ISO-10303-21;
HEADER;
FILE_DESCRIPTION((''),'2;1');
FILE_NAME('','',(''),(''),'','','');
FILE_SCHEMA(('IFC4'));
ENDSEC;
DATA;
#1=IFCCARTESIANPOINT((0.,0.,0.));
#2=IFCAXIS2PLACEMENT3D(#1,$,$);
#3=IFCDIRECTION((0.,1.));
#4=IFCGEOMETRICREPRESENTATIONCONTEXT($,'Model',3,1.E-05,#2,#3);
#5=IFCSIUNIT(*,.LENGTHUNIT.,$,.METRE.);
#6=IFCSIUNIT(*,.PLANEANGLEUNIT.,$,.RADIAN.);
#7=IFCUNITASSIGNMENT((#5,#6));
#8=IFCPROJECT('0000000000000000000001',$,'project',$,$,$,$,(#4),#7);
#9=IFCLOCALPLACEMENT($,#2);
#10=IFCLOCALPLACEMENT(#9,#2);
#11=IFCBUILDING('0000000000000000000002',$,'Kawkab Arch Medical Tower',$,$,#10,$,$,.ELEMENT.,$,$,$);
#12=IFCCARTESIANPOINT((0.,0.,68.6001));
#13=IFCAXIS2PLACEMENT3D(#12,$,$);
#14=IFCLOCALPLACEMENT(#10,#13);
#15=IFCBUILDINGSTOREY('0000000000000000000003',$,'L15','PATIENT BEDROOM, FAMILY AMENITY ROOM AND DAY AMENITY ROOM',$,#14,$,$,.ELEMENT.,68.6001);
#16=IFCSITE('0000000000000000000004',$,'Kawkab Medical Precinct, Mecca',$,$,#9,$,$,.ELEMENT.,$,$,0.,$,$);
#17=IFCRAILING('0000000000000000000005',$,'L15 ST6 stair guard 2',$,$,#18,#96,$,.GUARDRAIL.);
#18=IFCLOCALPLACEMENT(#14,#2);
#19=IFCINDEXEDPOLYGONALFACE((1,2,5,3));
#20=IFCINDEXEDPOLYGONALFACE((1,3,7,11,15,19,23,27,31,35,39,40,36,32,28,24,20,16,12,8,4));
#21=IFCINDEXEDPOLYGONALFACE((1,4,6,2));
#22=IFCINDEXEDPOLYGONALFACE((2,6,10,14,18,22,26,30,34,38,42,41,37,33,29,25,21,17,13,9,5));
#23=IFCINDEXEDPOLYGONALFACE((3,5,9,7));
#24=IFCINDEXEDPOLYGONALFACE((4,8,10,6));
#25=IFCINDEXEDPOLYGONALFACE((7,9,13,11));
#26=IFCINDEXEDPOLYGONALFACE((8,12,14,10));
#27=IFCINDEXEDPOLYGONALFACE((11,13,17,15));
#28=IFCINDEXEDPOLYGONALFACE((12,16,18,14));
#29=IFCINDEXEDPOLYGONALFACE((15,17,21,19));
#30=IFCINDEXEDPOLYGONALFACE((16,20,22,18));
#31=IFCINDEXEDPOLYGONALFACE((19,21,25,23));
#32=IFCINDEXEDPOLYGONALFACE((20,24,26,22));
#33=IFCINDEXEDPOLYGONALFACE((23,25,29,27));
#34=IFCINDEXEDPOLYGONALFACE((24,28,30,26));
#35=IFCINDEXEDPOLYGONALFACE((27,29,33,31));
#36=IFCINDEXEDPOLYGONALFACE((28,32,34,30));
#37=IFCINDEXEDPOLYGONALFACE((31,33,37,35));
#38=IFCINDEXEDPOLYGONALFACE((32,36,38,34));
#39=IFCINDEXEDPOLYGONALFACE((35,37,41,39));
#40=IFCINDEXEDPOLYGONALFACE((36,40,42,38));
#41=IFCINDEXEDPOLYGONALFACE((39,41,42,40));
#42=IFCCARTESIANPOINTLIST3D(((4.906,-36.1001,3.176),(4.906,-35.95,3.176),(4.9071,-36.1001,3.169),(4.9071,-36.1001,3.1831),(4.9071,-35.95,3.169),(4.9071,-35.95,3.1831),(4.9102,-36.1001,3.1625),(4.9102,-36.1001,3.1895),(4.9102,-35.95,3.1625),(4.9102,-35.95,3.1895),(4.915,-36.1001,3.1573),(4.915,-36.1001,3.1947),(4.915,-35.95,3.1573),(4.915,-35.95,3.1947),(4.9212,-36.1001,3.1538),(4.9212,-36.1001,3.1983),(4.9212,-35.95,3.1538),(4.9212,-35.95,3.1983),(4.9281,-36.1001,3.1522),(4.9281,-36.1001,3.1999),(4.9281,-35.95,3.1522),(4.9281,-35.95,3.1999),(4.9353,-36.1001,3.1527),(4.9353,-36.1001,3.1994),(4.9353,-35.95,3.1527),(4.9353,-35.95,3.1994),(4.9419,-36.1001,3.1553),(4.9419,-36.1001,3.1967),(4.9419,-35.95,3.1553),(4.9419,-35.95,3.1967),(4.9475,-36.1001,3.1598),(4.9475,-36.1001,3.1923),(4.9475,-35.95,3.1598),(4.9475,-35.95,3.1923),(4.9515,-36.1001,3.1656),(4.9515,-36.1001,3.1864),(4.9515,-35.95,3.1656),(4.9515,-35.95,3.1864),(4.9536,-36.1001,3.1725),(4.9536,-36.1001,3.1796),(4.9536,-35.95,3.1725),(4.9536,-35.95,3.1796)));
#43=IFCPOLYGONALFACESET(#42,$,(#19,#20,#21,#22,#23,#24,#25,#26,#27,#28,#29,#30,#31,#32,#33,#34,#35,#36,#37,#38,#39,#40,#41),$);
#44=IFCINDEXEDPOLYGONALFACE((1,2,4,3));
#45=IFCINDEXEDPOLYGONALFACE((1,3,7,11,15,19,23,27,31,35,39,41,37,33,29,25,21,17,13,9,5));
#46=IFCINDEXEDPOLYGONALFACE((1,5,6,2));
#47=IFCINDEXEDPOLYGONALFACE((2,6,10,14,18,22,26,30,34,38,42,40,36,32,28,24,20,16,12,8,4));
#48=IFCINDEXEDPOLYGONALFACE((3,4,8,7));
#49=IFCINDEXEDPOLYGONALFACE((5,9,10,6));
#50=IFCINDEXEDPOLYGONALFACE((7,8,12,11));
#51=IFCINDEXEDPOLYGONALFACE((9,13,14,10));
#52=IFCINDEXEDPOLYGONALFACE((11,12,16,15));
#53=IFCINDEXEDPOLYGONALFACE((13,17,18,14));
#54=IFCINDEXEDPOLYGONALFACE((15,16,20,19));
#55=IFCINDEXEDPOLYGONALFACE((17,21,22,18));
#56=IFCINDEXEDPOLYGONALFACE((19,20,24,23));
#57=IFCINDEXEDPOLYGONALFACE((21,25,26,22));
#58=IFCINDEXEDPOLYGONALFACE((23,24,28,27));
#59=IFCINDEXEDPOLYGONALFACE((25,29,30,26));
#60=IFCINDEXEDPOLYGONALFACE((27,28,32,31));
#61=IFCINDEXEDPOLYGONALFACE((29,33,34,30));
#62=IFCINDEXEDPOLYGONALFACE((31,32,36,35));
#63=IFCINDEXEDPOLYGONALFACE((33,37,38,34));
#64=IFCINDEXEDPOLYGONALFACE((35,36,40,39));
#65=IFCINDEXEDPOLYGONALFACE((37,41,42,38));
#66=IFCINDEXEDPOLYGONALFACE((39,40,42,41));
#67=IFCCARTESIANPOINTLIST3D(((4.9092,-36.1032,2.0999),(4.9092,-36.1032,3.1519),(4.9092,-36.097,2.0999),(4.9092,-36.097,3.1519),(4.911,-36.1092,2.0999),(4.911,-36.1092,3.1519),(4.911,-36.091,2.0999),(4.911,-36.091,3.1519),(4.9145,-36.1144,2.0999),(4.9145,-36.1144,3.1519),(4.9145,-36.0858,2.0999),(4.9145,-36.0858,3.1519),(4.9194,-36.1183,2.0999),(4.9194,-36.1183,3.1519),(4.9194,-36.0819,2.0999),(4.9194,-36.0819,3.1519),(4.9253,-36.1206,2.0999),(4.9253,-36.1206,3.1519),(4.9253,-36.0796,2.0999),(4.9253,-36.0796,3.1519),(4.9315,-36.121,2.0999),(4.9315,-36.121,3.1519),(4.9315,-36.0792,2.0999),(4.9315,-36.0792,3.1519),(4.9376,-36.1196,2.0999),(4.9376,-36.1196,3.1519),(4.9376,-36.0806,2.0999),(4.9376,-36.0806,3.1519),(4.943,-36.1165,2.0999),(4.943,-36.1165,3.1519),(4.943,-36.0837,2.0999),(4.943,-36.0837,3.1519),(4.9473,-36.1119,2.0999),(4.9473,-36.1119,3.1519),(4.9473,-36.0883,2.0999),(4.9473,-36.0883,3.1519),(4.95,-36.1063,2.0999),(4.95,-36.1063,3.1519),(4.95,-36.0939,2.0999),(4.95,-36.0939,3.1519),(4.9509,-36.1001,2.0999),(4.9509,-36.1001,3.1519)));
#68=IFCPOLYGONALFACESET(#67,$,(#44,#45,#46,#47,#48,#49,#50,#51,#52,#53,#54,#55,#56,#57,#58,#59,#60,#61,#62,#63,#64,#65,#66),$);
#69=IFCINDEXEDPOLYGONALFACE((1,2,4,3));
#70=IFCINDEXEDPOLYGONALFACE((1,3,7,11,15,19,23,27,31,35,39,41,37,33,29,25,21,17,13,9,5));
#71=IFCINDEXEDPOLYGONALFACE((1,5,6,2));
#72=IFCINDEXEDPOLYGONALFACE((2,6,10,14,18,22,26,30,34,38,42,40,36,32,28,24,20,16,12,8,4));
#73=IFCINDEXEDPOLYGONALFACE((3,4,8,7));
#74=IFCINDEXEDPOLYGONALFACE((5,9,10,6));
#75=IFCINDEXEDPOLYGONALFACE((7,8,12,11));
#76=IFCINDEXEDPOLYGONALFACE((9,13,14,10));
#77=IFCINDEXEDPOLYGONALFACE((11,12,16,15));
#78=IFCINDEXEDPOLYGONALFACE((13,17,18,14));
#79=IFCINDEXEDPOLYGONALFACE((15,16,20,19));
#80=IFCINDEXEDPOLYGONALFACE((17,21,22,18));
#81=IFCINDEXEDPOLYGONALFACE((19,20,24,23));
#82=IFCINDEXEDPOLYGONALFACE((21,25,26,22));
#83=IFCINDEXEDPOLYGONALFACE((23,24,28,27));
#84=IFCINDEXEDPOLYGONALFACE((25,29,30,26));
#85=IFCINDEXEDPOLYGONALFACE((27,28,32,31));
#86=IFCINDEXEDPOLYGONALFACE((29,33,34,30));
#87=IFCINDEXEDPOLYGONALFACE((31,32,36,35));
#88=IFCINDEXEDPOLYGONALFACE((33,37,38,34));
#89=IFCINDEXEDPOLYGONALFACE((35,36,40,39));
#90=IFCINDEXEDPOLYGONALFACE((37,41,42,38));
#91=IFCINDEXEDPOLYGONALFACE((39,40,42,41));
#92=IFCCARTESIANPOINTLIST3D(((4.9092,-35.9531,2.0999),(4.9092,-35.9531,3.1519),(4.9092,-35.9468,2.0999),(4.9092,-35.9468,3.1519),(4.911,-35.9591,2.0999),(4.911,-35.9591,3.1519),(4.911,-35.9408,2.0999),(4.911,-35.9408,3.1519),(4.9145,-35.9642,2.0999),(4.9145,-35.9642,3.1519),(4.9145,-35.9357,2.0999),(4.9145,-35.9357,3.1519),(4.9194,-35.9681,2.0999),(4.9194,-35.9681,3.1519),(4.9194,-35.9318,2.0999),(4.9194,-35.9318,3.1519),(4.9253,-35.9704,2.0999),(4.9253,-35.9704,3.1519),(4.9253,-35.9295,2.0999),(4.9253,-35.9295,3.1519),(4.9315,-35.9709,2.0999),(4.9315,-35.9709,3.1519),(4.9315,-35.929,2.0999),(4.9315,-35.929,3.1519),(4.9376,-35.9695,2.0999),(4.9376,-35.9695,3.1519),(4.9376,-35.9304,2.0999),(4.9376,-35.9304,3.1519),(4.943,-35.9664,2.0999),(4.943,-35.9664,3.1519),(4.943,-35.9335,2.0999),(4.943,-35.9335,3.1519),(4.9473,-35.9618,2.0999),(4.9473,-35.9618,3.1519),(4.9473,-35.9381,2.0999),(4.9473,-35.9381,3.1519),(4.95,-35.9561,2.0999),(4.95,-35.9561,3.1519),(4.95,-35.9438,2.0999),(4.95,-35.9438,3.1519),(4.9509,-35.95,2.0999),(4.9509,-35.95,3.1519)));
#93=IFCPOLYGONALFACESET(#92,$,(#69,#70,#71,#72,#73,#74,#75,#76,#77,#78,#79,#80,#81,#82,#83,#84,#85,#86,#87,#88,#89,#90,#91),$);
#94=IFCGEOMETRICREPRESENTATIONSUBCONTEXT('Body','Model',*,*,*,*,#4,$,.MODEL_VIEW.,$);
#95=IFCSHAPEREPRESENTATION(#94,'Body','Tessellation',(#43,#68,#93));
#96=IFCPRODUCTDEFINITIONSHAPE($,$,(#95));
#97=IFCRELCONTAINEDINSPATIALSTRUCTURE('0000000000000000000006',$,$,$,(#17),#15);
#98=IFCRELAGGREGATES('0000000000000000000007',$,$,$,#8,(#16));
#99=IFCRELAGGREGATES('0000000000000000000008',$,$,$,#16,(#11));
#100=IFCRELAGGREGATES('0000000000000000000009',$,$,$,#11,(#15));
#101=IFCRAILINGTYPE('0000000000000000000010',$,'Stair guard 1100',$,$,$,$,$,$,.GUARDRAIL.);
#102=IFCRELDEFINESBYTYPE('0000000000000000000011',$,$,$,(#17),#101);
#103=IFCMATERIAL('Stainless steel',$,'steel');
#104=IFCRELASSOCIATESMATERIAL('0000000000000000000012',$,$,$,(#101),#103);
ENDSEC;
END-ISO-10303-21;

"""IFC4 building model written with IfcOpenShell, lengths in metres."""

from ifc_helpers import new_model, si_unit, direction, frame, origin, origin_2d, place, context, subcontext, project, spatial, circle, extrude, material, type_object, element, save


model = new_model("IFC4")

# Units and contexts
model_context = context("Model", 3, precision=1e-05, world=origin(), true_north=direction((0.0, 1.0)))
body_context = subcontext(model_context, "Body", "Model", "MODEL_VIEW")
ifc_project = project(units=[si_unit("LENGTHUNIT", "METRE"), si_unit("PLANEANGLEUNIT", "RADIAN")], contexts=[model_context])

# Site, building, storey
site_placement = place(None, origin())
site = spatial("IfcSite", under=ifc_project, at=site_placement, Name="Kawkab Medical Precinct, Mecca", CompositionType="ELEMENT", RefElevation=0.0)
building_placement = place(site_placement, origin())
building = spatial("IfcBuilding", under=site, at=building_placement, Name="Kawkab Arch Medical Tower", CompositionType="ELEMENT")
storey_placement = place(building_placement, frame((0.0, 0.0, 68.6001)))
storey = spatial("IfcBuildingStorey", under=building, at=storey_placement, Name="L15", Description="PATIENT BEDROOM, FAMILY AMENITY ROOM AND DAY AMENITY ROOM", CompositionType="ELEMENT", Elevation=68.6001)

# Railing
ifc_material_1 = material(Name="Stainless steel", Category="steel")
railing_type = type_object("IfcRailingType", Name="Stair guard 1100", PredefinedType="GUARDRAIL", material=ifc_material_1)
railing_1_placement = place(storey_placement, frame((4.9299, -36.1001, 2.0999)))
element("IfcRailing", 1, at=railing_1_placement, inside=storey, type_object=railing_type, Name="L15 ST6 stair guard 2", PredefinedType="GUARDRAIL", context=body_context, shape_type="SweptSolid", body=[
    extrude(circle(Radius=0.0239, at=origin_2d()), frame((0.0, 0.0, 1.0762), z_axis=(0.0, 1.0, 0.0), x_axis=(-1.0, 0.0, 0.0)), (0.0, 0.0, 1.0), 0.1501),
    extrude(circle(Radius=0.021, at=origin_2d()), origin(), (0.0, 0.0, 1.0), 1.052),
    extrude(circle(Radius=0.021, at=origin_2d()), frame((0.0, 0.1501, 0.0)), (0.0, 0.0, 1.0), 1.052),
])

save(model, "model.ifc")
